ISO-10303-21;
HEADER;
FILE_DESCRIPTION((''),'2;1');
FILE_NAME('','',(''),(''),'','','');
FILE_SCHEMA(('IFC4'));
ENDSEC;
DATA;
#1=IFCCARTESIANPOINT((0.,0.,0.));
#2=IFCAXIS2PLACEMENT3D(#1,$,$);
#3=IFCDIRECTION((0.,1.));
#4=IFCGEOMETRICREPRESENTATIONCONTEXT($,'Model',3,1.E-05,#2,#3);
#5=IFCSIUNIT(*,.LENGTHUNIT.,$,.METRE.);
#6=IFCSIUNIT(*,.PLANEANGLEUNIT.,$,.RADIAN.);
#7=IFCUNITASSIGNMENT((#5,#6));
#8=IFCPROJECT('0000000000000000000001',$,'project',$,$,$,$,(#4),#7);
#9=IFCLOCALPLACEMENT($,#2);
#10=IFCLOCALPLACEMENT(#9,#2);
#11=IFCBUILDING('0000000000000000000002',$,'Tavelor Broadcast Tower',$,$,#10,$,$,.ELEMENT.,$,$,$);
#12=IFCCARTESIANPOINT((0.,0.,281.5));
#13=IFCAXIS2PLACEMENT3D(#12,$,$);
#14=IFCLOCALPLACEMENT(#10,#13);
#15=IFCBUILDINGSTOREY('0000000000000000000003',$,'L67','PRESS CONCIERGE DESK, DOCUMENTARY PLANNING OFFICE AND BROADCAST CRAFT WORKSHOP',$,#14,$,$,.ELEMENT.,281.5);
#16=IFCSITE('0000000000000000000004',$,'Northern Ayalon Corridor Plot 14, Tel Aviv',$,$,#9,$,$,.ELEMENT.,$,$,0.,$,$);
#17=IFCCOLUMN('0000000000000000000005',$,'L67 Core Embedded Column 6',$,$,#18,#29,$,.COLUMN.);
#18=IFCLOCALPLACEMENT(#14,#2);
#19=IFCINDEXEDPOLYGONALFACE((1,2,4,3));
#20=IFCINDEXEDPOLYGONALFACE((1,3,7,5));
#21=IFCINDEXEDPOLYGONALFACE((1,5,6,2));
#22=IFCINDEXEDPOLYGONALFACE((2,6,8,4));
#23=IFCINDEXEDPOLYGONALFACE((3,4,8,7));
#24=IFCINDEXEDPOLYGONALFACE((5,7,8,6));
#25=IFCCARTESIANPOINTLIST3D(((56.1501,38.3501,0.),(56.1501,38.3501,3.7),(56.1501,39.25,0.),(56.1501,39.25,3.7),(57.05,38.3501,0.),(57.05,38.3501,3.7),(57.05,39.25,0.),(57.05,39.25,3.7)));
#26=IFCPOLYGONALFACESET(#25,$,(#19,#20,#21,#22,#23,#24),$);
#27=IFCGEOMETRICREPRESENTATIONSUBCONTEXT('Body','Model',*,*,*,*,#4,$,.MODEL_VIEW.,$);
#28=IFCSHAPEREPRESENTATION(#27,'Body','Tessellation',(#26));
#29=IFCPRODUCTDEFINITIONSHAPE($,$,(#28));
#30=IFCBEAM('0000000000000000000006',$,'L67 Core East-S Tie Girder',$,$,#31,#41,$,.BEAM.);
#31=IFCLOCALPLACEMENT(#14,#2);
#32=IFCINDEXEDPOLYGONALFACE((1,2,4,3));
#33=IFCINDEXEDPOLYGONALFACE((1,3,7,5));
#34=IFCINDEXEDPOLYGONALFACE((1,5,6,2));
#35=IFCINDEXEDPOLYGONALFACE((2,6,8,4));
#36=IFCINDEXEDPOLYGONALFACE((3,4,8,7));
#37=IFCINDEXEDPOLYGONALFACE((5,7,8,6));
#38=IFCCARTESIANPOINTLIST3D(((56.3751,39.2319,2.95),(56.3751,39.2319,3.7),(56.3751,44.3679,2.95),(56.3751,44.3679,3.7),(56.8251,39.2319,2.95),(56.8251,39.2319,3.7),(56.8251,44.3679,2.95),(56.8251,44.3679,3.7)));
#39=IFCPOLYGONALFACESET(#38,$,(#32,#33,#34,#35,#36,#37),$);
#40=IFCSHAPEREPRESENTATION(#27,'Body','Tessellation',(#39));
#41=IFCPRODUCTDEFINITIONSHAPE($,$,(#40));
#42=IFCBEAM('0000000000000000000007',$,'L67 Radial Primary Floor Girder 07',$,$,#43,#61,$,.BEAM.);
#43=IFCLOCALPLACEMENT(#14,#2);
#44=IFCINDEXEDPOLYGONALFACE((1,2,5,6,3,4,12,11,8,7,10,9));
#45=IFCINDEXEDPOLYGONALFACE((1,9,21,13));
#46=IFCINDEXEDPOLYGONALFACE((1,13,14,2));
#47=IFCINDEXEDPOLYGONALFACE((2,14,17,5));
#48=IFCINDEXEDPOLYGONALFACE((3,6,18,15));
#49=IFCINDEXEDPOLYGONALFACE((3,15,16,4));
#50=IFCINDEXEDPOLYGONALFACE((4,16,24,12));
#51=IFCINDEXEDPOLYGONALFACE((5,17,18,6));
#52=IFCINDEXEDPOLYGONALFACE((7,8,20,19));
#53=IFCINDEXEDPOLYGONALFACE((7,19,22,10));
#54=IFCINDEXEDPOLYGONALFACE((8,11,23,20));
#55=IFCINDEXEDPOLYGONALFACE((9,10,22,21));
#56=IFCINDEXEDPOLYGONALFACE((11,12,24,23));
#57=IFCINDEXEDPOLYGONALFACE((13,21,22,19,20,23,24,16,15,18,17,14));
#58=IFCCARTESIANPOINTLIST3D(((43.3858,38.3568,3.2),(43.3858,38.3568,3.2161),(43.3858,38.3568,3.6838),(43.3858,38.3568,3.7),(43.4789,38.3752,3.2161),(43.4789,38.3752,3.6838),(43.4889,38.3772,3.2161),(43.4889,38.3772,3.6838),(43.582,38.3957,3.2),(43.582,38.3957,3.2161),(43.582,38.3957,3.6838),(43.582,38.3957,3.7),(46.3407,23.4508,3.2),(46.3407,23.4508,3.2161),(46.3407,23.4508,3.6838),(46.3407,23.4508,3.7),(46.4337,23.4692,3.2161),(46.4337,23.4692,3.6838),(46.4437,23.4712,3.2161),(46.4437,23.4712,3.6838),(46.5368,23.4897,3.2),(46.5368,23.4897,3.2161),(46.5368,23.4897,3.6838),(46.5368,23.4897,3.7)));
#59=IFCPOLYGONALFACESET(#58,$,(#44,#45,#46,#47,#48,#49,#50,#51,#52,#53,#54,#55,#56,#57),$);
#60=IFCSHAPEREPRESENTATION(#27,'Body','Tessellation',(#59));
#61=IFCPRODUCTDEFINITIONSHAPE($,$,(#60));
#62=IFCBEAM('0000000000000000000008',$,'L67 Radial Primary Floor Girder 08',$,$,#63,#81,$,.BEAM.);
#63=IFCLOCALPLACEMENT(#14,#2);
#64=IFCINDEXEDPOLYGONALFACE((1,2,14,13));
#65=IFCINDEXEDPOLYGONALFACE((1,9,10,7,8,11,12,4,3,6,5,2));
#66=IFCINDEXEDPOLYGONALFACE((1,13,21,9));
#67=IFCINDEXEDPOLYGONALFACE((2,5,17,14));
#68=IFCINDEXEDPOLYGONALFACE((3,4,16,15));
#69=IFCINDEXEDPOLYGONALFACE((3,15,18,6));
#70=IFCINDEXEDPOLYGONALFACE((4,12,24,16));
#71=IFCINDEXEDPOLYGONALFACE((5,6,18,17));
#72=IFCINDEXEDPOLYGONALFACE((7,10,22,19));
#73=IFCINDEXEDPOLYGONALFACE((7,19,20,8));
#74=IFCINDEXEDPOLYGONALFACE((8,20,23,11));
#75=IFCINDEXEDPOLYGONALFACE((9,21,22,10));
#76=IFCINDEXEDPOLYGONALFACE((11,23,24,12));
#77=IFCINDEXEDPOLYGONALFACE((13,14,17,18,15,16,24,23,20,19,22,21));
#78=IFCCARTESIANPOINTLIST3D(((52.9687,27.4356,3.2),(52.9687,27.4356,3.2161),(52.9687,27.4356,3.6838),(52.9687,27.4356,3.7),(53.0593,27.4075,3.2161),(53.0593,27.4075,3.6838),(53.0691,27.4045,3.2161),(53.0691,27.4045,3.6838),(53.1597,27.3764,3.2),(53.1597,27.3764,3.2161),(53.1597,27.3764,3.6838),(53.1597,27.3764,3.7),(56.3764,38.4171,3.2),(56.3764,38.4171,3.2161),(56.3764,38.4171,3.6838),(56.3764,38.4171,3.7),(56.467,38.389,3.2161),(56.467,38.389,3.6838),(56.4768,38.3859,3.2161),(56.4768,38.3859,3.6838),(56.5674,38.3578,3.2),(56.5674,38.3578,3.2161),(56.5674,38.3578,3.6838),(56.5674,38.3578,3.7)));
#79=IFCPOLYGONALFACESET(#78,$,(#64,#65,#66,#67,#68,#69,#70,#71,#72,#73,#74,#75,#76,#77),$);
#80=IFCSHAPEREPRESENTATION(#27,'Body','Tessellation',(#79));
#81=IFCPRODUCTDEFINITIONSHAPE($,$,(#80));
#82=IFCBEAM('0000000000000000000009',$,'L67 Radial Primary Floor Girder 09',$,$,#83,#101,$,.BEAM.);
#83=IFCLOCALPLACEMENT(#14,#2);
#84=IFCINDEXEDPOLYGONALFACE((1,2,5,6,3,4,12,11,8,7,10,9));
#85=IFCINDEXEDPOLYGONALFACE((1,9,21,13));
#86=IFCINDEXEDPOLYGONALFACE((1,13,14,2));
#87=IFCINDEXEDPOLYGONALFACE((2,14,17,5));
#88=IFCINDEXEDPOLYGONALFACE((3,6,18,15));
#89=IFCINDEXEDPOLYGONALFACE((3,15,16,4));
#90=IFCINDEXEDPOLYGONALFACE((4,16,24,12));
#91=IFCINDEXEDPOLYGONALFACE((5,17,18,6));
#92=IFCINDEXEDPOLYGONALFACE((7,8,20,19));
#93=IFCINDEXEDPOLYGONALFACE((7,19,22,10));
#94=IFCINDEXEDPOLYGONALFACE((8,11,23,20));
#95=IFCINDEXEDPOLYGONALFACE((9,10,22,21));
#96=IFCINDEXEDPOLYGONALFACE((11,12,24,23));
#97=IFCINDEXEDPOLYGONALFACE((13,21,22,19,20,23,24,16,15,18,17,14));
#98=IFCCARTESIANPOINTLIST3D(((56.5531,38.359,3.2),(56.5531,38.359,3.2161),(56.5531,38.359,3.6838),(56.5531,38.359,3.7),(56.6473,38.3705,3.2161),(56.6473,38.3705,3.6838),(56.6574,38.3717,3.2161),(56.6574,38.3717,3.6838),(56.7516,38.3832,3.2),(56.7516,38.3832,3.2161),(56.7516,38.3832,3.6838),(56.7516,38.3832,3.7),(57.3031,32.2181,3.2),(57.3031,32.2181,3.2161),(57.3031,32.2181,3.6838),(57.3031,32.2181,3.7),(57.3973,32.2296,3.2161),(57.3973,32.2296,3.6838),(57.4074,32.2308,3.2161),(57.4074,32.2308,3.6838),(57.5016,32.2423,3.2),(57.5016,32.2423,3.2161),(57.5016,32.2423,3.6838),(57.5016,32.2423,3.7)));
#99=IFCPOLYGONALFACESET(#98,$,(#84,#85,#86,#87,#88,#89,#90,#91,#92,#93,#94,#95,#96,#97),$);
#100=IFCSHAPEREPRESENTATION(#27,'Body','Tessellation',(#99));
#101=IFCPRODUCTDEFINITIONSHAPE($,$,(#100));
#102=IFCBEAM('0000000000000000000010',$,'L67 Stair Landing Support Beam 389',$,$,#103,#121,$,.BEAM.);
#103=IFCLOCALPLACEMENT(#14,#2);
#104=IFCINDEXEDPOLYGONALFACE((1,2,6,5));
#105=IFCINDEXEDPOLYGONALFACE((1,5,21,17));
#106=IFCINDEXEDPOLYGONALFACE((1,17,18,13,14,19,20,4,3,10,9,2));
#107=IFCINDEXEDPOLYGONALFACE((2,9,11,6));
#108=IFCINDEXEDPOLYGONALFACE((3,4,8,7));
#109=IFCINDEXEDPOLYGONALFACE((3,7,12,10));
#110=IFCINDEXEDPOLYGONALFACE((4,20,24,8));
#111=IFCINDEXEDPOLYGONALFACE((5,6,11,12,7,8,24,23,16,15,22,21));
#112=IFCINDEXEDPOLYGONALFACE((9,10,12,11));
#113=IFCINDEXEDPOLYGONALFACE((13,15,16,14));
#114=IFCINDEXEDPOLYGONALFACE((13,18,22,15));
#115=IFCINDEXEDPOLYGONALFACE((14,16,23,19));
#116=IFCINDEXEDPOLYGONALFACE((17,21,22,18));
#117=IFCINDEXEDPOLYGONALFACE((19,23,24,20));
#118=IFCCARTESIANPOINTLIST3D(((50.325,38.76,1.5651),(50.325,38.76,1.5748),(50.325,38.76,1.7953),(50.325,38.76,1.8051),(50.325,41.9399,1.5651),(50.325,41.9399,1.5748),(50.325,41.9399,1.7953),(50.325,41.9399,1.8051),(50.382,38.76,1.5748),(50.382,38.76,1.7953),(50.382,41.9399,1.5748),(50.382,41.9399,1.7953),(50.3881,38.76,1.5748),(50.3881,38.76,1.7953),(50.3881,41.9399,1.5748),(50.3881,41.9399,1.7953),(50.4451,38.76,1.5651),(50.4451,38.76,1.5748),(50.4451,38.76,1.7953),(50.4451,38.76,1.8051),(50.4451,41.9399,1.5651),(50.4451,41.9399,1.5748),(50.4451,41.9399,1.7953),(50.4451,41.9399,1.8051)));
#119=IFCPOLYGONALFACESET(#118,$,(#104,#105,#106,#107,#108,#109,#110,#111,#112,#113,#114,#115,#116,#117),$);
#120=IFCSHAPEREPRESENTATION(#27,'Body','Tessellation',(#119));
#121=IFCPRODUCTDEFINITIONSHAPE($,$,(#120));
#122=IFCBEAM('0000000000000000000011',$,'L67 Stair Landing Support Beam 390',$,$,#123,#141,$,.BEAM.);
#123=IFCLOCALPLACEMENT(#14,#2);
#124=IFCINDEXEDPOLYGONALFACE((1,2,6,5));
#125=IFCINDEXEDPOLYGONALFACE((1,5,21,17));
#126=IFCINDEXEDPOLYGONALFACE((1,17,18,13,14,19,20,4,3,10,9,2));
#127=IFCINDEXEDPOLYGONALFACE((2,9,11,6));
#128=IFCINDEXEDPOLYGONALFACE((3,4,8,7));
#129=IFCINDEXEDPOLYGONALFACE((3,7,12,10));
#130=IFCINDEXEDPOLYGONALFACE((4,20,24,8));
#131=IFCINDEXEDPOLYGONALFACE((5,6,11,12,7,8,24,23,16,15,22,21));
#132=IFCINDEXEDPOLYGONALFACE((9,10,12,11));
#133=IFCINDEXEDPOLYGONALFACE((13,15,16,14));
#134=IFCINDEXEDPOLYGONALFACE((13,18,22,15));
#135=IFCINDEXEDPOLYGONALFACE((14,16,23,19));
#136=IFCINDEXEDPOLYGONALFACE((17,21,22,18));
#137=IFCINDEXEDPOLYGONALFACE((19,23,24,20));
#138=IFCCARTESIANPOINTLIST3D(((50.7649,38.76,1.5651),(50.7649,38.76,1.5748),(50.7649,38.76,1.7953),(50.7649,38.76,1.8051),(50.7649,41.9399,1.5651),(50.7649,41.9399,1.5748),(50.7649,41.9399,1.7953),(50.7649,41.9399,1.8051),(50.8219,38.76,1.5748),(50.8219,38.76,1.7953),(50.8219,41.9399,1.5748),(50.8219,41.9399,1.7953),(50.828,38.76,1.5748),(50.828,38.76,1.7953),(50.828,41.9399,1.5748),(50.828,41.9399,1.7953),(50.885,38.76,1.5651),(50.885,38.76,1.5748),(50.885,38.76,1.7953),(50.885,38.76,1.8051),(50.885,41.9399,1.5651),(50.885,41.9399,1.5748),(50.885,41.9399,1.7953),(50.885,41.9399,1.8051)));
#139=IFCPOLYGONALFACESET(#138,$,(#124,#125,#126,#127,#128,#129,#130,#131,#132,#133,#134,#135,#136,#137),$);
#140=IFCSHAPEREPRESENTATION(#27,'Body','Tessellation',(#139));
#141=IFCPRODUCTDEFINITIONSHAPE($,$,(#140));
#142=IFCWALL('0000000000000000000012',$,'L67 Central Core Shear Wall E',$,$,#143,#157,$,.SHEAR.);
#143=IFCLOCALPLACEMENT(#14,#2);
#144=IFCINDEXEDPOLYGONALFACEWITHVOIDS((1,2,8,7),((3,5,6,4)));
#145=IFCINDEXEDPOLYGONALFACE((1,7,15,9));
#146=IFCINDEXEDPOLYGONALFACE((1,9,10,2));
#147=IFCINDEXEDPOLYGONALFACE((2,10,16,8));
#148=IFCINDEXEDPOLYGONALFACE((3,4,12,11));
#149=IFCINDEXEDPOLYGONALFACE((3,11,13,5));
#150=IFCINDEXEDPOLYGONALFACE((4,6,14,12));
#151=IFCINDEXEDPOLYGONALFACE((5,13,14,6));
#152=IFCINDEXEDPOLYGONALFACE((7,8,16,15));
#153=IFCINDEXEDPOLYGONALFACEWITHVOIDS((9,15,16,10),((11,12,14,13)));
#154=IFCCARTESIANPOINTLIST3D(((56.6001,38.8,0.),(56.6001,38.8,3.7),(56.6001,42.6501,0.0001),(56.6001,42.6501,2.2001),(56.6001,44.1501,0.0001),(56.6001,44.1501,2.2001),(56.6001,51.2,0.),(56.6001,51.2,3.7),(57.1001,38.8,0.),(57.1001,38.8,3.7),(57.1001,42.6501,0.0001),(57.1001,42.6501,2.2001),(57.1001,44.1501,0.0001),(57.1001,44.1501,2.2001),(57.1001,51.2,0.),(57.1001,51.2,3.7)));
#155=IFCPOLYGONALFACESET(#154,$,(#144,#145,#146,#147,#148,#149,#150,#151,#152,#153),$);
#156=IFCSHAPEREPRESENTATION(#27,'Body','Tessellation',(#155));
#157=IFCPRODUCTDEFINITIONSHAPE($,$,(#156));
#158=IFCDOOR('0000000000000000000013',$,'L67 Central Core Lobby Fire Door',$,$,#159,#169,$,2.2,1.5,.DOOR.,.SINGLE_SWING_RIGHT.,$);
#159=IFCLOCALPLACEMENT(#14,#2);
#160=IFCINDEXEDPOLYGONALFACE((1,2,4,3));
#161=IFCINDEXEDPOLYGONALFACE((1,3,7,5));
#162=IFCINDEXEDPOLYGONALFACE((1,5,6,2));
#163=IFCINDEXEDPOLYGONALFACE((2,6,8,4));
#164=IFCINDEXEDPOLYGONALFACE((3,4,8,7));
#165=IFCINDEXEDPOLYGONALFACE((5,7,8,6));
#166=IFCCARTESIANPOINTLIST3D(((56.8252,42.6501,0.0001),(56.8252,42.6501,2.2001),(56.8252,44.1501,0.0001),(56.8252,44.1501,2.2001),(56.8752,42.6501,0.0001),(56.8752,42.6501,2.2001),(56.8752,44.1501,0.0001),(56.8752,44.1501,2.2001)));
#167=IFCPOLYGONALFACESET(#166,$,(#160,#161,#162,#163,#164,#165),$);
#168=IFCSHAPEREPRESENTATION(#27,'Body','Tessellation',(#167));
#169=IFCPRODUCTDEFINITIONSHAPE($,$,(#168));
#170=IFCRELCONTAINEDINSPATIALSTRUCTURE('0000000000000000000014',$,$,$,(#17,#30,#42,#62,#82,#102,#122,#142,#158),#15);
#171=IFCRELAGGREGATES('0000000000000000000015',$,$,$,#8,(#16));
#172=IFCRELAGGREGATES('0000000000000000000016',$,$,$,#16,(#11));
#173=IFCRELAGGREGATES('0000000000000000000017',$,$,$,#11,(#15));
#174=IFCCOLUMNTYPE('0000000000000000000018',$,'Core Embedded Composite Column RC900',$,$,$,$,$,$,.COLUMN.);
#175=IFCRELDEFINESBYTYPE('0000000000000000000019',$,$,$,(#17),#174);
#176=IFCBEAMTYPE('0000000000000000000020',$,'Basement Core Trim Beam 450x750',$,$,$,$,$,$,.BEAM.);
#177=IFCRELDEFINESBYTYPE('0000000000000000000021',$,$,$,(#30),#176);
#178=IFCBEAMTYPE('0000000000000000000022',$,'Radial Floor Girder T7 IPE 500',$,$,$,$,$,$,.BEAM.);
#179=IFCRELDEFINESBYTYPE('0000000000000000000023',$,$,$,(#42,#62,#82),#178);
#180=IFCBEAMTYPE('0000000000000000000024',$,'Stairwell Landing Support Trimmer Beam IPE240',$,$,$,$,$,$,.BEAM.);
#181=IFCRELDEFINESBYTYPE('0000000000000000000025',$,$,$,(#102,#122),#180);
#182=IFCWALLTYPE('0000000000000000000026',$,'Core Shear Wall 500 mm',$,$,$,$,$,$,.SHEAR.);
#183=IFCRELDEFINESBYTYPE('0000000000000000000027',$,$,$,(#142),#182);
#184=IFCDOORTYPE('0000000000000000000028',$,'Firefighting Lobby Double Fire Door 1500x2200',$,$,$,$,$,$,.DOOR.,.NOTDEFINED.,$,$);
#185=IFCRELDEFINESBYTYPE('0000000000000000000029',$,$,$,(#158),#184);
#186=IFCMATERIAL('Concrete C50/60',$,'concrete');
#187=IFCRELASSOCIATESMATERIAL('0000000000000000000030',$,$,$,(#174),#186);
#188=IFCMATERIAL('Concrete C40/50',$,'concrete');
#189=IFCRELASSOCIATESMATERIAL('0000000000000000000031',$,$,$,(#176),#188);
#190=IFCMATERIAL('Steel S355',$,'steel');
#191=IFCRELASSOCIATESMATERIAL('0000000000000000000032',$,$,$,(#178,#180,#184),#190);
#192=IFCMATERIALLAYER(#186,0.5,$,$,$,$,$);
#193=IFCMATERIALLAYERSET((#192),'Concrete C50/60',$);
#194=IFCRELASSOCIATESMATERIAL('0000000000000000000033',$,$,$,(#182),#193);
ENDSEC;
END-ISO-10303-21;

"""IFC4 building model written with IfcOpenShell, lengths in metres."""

from ifc_helpers import new_model, si_unit, direction, frame, frame_2d, origin, origin_2d, place, context, subcontext, project, spatial, rectangle, i_section, extrude, material, layer, layer_set, material_profile, profile_set, type_object, element, fill, save


model = new_model("IFC4")

# Units and contexts
model_context = context("Model", 3, precision=1e-05, world=origin(), true_north=direction((0.0, 1.0)))
body_context = subcontext(model_context, "Body", "Model", "MODEL_VIEW")
ifc_project = project(units=[si_unit("LENGTHUNIT", "METRE"), si_unit("PLANEANGLEUNIT", "RADIAN")], contexts=[model_context])

# Site, building, storey
site_placement = place(None, origin())
site = spatial("IfcSite", under=ifc_project, at=site_placement, Name="Northern Ayalon Corridor Plot 14, Tel Aviv", CompositionType="ELEMENT", RefElevation=0.0)
building_placement = place(site_placement, origin())
building = spatial("IfcBuilding", under=site, at=building_placement, Name="Tavelor Broadcast Tower", CompositionType="ELEMENT")
storey_placement = place(building_placement, frame((0.0, 0.0, 281.5)))
storey = spatial("IfcBuildingStorey", under=building, at=storey_placement, Name="L67", Description="PRESS CONCIERGE DESK, DOCUMENTARY PLANNING OFFICE AND BROADCAST CRAFT WORKSHOP", CompositionType="ELEMENT", Elevation=281.5)

# Column
ifc_material_1 = material(Name="Concrete C50/60", Category="concrete")
ifc_material_profile_1 = material_profile(ifc_material_1, rectangle(XDim=0.8999, YDim=0.8999, at=origin_2d()), Name="RC 900x900")
ifc_profile_set_1 = profile_set([ifc_material_profile_1], Name="Concrete C50/60")
column_type = type_object("IfcColumnType", Name="Core Embedded Composite Column RC900", PredefinedType="COLUMN", material=ifc_profile_set_1)
column_placement = place(storey_placement, frame((56.6001, 38.8, 0.0), z_axis=(0.0, 0.0, 1.0), x_axis=(1.0, 0.0, 0.0)))
element("IfcColumn", 1, at=column_placement, inside=storey, type_object=column_type, Name="L67 Core Embedded Column 6", PredefinedType="COLUMN", context=body_context, shape_type="SweptSolid", body=[
    extrude(rectangle(XDim=0.8999, YDim=0.8999, at=origin_2d()), origin(), (0.0, 0.0, 1.0), 3.7),
])

# Beams
ifc_material_2 = material(Name="Concrete C40/50", Category="concrete")
ifc_material_profile_2 = material_profile(ifc_material_2, rectangle(XDim=0.45, YDim=0.75, at=origin_2d()), Name="RC 450x750")
ifc_profile_set_2 = profile_set([ifc_material_profile_2], Name="Concrete C40/50")
beam_type_1 = type_object("IfcBeamType", Name="Basement Core Trim Beam 450x750", PredefinedType="BEAM", material=ifc_profile_set_2)
beam_1_placement = place(storey_placement, frame((56.6001, 39.2319, 3.325), z_axis=(0.0, 1.0, 0.0), x_axis=(-1.0, 0.0, 0.0)))
element("IfcBeam", 2, at=beam_1_placement, inside=storey, type_object=beam_type_1, Name="L67 Core East-S Tie Girder", PredefinedType="BEAM", context=body_context, shape_type="SweptSolid", body=[
    extrude(rectangle(XDim=0.45, YDim=0.75, at=origin_2d()), origin(), (0.0, 0.0, 1.0), 5.136),
])
ifc_material_3 = material(Name="Steel S355", Category="steel")
ifc_material_profile_3 = material_profile(ifc_material_3, i_section(OverallWidth=0.2, OverallDepth=0.5, WebThickness=0.0103, FlangeThickness=0.0161, at=origin_2d()), Name="IPE 500")
ifc_profile_set_3 = profile_set([ifc_material_profile_3], Name="Steel S355")
beam_type_2 = type_object("IfcBeamType", Name="Radial Floor Girder T7 IPE 500", PredefinedType="BEAM", material=ifc_profile_set_3)
beam_2_placement = place(storey_placement, frame((43.4839, 38.3762, 3.45), z_axis=(0.194447, -0.980913, 0.0), x_axis=(0.980913, 0.194447, 0.0)))
element("IfcBeam", 3, at=beam_2_placement, inside=storey, type_object=beam_type_2, Name="L67 Radial Primary Floor Girder 07", PredefinedType="BEAM", context=body_context, shape_type="SweptSolid", body=[
    extrude(i_section(OverallWidth=0.2, OverallDepth=0.5, WebThickness=0.0103, FlangeThickness=0.0161, at=origin_2d()), origin(), (0.0, 0.0, 1.0), 15.196),
])
beam_3_placement = place(storey_placement, frame((56.4719, 38.3875, 3.45), z_axis=(-0.296374, -0.955072, 0.0), x_axis=(0.955072, -0.296374, 0.0)))
element("IfcBeam", 4, at=beam_3_placement, inside=storey, type_object=beam_type_2, Name="L67 Radial Primary Floor Girder 08", PredefinedType="BEAM", context=body_context, shape_type="SweptSolid", body=[
    extrude(i_section(OverallWidth=0.2, OverallDepth=0.5, WebThickness=0.0103, FlangeThickness=0.0161, at=origin_2d()), origin(), (0.0, 0.0, 1.0), 11.498),
])
beam_4_placement = place(storey_placement, frame((56.6523, 38.3711, 3.45), z_axis=(0.121232, -0.992624, 0.0), x_axis=(0.992624, 0.121232, 0.0)))
element("IfcBeam", 5, at=beam_4_placement, inside=storey, type_object=beam_type_2, Name="L67 Radial Primary Floor Girder 09", PredefinedType="BEAM", context=body_context, shape_type="SweptSolid", body=[
    extrude(i_section(OverallWidth=0.2, OverallDepth=0.5, WebThickness=0.0103, FlangeThickness=0.0161, at=origin_2d()), origin(), (0.0, 0.0, 1.0), 6.1865),
])
ifc_material_profile_4 = material_profile(ifc_material_3, i_section(OverallWidth=0.1201, OverallDepth=0.24, WebThickness=0.0061, FlangeThickness=0.0098, at=origin_2d()), Name="IPE 240")
ifc_profile_set_4 = profile_set([ifc_material_profile_4], Name="Steel S355")
beam_type_3 = type_object("IfcBeamType", Name="Stairwell Landing Support Trimmer Beam IPE240", PredefinedType="BEAM", material=ifc_profile_set_4)
for number, where, z_axis, x_axis, name in (
    (6, (50.385, 38.76, 1.6851), (0.0, 1.0, 0.0), (-1.0, 0.0, 0.0), "L67 Stair Landing Support Beam 389"),
    (7, (50.825, 38.76, 1.6851), (0.0, 1.0, 0.0), (-1.0, 0.0, 0.0), "L67 Stair Landing Support Beam 390"),
):
    element("IfcBeam", number, at=place(storey_placement, frame(where, z_axis=z_axis, x_axis=x_axis)), inside=storey, type_object=beam_type_3, Name=name, PredefinedType="BEAM", context=body_context, shape_type="SweptSolid", body=[
        extrude(i_section(OverallWidth=0.1201, OverallDepth=0.24, WebThickness=0.0061, FlangeThickness=0.0098, at=origin_2d()), origin(), (0.0, 0.0, 1.0), 3.1799),
    ])

# Wall, opening, door
ifc_layer_1 = layer(ifc_material_1, 0.5)
ifc_layer_set_1 = layer_set([ifc_layer_1], Name="Concrete C50/60")
wall_type_1 = type_object("IfcWallType", Name="Core Shear Wall 500 mm", PredefinedType="SHEAR", material=ifc_layer_set_1)
wall_1_placement = place(storey_placement, frame((56.8501, 38.8, 0.0), z_axis=(0.0, 0.0, 1.0), x_axis=(0.0, 1.0, 0.0)))
wall_1 = element("IfcWall", 8, at=wall_1_placement, inside=storey, type_object=wall_type_1, Name="L67 Central Core Shear Wall E", PredefinedType="SHEAR", context=body_context, shape_type="SweptSolid", body=[
    extrude(rectangle(XDim=12.3999, YDim=0.5, at=frame_2d((6.2, 0.0))), origin(), (0.0, 0.0, 1.0), 3.7),
])
opening_1_placement = place(wall_1_placement, frame((3.8501, 0.0, 0.0)))
opening_1 = element("IfcOpeningElement", 9, at=opening_1_placement, cuts=wall_1, PredefinedType="OPENING", context=body_context, shape_type="SweptSolid", body=[
    extrude(rectangle(XDim=1.5, YDim=2.2, at=frame_2d((0.75, 1.1001))), frame((0.0, 0.26, 0.0), z_axis=(0.0, -1.0, 0.0), x_axis=(1.0, 0.0, 0.0)), (0.0, 0.0, 1.0), 0.52),
])
door_type_1 = type_object("IfcDoorType", Name="Firefighting Lobby Double Fire Door 1500x2200", OperationType="NOTDEFINED", PredefinedType="DOOR", material=ifc_material_3)
door_1_placement = place(opening_1_placement, origin())
door_1 = element("IfcDoor", 10, at=door_1_placement, inside=storey, type_object=door_type_1, Name="L67 Central Core Lobby Fire Door", OperationType="SINGLE_SWING_RIGHT", OverallHeight=2.2, OverallWidth=1.5, PredefinedType="DOOR", context=body_context, shape_type="SweptSolid", body=[
    extrude(rectangle(XDim=1.5, YDim=2.2, at=frame_2d((0.75, 1.1001))), frame((0.0, 0.0249, 0.0), z_axis=(0.0, -1.0, 0.0), x_axis=(1.0, 0.0, 0.0)), (0.0, 0.0, 1.0), 0.05),
])
fill(opening_1, door_1)

save(model, "model.ifc")
